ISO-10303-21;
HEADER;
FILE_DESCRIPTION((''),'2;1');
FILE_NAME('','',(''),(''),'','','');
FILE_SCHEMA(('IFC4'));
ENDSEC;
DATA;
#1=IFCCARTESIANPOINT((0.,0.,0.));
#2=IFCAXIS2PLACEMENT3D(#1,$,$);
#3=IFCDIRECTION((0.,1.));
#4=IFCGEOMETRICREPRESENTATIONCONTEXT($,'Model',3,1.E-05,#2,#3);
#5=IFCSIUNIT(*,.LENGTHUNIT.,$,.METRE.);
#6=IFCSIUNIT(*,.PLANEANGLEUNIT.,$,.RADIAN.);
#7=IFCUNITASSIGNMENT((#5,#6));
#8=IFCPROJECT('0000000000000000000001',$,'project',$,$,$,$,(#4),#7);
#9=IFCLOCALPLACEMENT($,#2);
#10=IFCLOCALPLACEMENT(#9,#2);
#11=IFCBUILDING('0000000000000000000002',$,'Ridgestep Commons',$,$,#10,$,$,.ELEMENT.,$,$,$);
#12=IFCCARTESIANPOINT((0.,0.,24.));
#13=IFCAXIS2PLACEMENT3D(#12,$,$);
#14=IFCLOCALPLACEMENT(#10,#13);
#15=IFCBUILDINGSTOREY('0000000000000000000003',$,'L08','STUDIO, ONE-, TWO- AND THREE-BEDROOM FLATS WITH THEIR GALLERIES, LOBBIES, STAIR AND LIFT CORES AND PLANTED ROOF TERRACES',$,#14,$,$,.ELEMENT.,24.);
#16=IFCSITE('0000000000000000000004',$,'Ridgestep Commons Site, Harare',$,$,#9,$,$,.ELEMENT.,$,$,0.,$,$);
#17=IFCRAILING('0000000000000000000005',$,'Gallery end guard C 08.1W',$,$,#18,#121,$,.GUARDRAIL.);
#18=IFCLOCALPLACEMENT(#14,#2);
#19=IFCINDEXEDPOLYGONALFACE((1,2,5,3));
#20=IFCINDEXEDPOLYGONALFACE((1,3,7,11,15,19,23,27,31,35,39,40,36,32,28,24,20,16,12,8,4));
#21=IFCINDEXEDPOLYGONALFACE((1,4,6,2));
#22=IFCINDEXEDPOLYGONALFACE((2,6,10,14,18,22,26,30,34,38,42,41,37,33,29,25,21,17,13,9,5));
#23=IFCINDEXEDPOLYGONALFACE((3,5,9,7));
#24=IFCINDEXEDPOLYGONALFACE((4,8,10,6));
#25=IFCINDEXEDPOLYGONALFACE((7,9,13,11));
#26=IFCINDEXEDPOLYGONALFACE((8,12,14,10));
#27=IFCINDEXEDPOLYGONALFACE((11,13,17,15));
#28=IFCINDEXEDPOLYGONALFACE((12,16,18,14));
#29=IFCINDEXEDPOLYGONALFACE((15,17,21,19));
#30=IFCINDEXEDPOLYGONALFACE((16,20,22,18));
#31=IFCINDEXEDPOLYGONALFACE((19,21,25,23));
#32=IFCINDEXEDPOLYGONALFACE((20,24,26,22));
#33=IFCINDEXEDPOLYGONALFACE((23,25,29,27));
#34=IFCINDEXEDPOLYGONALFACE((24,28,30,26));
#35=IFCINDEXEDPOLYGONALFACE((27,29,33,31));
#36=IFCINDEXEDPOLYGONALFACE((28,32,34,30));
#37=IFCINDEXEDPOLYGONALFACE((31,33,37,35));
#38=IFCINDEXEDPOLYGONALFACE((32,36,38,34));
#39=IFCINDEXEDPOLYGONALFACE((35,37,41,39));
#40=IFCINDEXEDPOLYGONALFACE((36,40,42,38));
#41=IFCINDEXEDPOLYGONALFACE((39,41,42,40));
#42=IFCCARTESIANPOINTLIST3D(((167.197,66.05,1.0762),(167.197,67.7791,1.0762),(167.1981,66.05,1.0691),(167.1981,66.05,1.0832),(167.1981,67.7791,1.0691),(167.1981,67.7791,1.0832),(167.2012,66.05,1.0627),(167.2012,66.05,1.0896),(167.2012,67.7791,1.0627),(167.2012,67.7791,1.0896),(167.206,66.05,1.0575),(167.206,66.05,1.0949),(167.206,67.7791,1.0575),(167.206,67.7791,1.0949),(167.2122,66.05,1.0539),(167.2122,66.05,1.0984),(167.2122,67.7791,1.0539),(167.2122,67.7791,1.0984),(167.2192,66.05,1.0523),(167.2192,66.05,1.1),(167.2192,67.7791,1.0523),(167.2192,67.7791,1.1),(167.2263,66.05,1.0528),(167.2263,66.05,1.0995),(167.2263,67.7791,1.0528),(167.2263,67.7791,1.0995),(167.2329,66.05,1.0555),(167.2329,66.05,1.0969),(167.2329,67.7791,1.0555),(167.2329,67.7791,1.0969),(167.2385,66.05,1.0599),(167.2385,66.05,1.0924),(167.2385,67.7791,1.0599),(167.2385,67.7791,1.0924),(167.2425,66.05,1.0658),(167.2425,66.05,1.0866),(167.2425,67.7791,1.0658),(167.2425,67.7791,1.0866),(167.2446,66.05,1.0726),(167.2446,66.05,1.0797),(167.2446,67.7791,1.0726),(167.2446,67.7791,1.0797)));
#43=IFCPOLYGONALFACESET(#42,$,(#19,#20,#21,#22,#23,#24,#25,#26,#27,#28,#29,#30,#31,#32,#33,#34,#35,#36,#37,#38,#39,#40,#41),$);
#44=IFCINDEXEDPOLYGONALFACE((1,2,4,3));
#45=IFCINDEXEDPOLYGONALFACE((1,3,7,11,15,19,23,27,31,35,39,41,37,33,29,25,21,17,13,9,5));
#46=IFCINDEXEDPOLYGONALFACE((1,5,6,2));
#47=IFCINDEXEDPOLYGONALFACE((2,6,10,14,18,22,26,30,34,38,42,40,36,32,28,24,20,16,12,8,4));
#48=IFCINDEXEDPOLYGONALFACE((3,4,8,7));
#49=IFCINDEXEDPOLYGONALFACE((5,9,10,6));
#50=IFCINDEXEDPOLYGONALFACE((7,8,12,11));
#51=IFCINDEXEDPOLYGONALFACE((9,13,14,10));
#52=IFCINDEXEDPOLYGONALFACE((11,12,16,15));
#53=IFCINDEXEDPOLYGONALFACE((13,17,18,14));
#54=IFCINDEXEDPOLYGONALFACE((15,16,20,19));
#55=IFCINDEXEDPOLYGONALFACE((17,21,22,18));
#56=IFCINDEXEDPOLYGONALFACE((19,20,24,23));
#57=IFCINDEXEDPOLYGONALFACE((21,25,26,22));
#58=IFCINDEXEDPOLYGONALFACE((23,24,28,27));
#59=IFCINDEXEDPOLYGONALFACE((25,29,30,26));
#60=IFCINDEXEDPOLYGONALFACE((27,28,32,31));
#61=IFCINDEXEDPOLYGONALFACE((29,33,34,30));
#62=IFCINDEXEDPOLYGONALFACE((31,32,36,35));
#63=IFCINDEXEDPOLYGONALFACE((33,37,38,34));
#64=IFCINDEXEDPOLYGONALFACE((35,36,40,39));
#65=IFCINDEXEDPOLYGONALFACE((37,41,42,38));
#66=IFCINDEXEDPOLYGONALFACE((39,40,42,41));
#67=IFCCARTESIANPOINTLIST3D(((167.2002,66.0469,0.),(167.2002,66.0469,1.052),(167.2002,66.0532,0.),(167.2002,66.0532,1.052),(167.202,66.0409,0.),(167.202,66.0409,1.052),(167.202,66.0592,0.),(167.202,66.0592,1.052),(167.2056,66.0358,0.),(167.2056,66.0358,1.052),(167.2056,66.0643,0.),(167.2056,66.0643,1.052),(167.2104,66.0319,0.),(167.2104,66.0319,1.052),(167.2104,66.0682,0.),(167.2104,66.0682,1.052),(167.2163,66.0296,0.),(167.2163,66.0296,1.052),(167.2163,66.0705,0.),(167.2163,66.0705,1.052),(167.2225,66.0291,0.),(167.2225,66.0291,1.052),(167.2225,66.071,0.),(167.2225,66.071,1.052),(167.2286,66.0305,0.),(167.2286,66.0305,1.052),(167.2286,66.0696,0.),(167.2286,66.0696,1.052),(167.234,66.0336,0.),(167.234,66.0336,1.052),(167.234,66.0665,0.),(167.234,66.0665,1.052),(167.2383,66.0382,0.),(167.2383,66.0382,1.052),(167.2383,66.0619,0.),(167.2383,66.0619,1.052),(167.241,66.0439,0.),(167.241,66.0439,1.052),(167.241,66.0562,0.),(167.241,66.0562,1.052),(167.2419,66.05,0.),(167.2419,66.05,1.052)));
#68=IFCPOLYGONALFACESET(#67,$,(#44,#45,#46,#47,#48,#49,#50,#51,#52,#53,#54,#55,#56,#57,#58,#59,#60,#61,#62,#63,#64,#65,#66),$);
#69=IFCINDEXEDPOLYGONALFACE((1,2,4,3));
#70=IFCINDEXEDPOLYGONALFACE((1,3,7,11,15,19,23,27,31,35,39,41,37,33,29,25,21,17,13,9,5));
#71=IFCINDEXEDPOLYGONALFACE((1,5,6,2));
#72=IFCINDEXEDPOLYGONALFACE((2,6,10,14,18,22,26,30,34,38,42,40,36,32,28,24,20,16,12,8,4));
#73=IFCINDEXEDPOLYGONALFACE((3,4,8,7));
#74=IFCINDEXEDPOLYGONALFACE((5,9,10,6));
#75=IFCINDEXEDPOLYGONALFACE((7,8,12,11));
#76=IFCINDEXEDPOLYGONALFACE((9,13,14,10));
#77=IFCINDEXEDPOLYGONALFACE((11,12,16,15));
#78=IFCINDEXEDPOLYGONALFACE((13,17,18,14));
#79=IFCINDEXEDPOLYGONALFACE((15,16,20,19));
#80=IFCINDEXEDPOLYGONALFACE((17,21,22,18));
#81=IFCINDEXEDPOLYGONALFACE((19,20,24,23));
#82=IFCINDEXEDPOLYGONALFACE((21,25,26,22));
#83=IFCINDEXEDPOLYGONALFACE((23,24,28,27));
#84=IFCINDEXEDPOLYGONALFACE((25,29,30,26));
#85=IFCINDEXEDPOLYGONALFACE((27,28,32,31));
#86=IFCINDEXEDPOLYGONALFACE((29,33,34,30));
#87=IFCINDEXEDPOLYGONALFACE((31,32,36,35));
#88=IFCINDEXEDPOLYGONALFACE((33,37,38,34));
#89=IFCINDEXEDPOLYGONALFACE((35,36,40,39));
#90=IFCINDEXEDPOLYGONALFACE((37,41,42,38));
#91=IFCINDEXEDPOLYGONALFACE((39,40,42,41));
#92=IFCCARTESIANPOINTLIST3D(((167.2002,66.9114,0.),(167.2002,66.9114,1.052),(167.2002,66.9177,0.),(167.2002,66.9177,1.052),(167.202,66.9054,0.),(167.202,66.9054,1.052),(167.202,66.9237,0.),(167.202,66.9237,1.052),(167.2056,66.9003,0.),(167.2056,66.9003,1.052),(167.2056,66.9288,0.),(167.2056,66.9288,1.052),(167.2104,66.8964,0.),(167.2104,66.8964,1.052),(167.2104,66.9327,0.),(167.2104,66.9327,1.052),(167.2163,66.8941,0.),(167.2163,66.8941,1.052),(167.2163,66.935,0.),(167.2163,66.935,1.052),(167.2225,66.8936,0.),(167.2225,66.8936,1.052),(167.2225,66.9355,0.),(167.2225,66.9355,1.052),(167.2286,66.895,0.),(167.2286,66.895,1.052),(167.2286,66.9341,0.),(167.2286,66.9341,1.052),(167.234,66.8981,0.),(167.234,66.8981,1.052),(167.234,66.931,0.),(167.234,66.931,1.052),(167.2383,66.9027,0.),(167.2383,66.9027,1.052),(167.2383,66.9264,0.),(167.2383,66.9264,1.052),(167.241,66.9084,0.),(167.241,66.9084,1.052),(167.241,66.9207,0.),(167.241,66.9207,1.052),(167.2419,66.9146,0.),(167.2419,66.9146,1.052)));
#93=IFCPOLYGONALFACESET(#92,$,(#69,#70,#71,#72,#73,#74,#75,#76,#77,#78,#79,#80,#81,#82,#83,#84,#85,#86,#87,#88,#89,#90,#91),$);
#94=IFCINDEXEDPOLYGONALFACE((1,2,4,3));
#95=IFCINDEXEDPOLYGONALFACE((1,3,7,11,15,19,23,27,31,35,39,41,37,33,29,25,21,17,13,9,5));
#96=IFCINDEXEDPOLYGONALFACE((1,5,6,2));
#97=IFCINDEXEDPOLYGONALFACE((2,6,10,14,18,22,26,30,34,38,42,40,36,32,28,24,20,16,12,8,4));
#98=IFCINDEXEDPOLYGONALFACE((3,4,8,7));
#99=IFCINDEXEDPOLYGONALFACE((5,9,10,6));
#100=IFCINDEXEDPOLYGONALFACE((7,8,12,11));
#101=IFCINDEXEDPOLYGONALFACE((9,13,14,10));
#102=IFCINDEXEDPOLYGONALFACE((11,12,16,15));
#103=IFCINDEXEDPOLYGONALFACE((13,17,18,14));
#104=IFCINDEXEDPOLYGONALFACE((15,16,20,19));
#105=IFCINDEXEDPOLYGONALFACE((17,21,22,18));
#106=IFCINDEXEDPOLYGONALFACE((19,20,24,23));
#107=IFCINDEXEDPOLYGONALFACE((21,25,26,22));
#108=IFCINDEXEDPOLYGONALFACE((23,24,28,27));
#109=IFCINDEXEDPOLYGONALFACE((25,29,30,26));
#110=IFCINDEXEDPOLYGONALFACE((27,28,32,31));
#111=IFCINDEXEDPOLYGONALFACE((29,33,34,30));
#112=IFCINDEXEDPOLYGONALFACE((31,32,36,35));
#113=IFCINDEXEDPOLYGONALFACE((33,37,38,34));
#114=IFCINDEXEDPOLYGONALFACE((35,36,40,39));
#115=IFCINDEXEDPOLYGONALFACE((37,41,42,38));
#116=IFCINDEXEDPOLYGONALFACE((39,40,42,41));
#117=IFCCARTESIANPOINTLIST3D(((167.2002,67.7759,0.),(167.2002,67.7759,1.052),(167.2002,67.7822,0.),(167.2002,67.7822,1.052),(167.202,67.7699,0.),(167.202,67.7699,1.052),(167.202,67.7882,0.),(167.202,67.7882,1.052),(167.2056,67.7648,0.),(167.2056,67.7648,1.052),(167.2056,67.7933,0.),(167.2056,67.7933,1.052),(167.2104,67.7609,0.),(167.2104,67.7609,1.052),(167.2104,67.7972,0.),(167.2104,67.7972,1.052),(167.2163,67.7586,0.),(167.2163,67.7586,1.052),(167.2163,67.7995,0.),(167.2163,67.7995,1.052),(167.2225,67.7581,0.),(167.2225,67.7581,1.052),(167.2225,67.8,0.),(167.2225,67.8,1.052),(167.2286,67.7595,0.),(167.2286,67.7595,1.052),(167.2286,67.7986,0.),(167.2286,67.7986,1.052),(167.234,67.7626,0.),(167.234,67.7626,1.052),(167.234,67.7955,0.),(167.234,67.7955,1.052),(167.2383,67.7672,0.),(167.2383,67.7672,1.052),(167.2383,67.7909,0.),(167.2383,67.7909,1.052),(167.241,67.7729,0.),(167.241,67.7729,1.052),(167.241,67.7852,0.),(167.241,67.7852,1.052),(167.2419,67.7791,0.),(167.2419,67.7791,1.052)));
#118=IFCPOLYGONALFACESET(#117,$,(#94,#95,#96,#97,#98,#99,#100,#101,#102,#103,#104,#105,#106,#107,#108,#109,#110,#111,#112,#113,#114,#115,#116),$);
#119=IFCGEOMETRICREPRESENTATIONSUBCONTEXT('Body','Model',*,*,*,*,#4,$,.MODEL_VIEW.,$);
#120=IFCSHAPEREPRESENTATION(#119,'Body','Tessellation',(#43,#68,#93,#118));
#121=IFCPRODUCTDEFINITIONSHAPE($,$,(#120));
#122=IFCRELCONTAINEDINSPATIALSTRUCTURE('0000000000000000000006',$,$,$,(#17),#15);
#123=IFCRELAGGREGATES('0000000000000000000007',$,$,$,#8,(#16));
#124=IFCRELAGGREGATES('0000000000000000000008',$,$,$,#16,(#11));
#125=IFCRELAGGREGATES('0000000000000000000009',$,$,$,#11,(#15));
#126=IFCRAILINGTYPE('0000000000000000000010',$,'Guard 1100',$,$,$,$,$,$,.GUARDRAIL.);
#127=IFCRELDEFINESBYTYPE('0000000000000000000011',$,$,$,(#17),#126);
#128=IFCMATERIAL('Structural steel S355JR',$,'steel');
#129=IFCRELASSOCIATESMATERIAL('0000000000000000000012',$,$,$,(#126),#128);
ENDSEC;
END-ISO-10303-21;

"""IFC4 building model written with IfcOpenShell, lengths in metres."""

from ifc_helpers import new_model, si_unit, direction, frame, origin, origin_2d, place, context, subcontext, project, spatial, circle, extrude, material, type_object, element, save


model = new_model("IFC4")

# Units and contexts
model_context = context("Model", 3, precision=1e-05, world=origin(), true_north=direction((0.0, 1.0)))
body_context = subcontext(model_context, "Body", "Model", "MODEL_VIEW")
ifc_project = project(units=[si_unit("LENGTHUNIT", "METRE"), si_unit("PLANEANGLEUNIT", "RADIAN")], contexts=[model_context])

# Site, building, storey
site_placement = place(None, origin())
site = spatial("IfcSite", under=ifc_project, at=site_placement, Name="Ridgestep Commons Site, Harare", CompositionType="ELEMENT", RefElevation=0.0)
building_placement = place(site_placement, origin())
building = spatial("IfcBuilding", under=site, at=building_placement, Name="Ridgestep Commons", CompositionType="ELEMENT")
storey_placement = place(building_placement, frame((0.0, 0.0, 24.0)))
storey = spatial("IfcBuildingStorey", under=building, at=storey_placement, Name="L08", Description="STUDIO, ONE-, TWO- AND THREE-BEDROOM FLATS WITH THEIR GALLERIES, LOBBIES, STAIR AND LIFT CORES AND PLANTED ROOF TERRACES", CompositionType="ELEMENT", Elevation=24.0)

# Railing
ifc_material_1 = material(Name="Structural steel S355JR", Category="steel")
railing_type_1 = type_object("IfcRailingType", Name="Guard 1100", PredefinedType="GUARDRAIL", material=ifc_material_1)
railing_1_placement = place(storey_placement, frame((167.2209, 66.05, 0.0)))
element("IfcRailing", 1, at=railing_1_placement, inside=storey, type_object=railing_type_1, Name="Gallery end guard C 08.1W", PredefinedType="GUARDRAIL", context=body_context, shape_type="SweptSolid", body=[
    extrude(circle(Radius=0.0239, at=origin_2d()), frame((0.0, 0.0, 1.0762), z_axis=(0.0, 1.0, 0.0), x_axis=(-1.0, 0.0, 0.0)), (0.0, 0.0, 1.0), 1.729),
    extrude(circle(Radius=0.021, at=origin_2d()), origin(), (0.0, 0.0, 1.0), 1.052),
    extrude(circle(Radius=0.021, at=origin_2d()), frame((0.0, 0.8645, 0.0)), (0.0, 0.0, 1.0), 1.052),
    extrude(circle(Radius=0.021, at=origin_2d()), frame((0.0, 1.729, 0.0)), (0.0, 0.0, 1.0), 1.052),
])

save(model, "model.ifc")
